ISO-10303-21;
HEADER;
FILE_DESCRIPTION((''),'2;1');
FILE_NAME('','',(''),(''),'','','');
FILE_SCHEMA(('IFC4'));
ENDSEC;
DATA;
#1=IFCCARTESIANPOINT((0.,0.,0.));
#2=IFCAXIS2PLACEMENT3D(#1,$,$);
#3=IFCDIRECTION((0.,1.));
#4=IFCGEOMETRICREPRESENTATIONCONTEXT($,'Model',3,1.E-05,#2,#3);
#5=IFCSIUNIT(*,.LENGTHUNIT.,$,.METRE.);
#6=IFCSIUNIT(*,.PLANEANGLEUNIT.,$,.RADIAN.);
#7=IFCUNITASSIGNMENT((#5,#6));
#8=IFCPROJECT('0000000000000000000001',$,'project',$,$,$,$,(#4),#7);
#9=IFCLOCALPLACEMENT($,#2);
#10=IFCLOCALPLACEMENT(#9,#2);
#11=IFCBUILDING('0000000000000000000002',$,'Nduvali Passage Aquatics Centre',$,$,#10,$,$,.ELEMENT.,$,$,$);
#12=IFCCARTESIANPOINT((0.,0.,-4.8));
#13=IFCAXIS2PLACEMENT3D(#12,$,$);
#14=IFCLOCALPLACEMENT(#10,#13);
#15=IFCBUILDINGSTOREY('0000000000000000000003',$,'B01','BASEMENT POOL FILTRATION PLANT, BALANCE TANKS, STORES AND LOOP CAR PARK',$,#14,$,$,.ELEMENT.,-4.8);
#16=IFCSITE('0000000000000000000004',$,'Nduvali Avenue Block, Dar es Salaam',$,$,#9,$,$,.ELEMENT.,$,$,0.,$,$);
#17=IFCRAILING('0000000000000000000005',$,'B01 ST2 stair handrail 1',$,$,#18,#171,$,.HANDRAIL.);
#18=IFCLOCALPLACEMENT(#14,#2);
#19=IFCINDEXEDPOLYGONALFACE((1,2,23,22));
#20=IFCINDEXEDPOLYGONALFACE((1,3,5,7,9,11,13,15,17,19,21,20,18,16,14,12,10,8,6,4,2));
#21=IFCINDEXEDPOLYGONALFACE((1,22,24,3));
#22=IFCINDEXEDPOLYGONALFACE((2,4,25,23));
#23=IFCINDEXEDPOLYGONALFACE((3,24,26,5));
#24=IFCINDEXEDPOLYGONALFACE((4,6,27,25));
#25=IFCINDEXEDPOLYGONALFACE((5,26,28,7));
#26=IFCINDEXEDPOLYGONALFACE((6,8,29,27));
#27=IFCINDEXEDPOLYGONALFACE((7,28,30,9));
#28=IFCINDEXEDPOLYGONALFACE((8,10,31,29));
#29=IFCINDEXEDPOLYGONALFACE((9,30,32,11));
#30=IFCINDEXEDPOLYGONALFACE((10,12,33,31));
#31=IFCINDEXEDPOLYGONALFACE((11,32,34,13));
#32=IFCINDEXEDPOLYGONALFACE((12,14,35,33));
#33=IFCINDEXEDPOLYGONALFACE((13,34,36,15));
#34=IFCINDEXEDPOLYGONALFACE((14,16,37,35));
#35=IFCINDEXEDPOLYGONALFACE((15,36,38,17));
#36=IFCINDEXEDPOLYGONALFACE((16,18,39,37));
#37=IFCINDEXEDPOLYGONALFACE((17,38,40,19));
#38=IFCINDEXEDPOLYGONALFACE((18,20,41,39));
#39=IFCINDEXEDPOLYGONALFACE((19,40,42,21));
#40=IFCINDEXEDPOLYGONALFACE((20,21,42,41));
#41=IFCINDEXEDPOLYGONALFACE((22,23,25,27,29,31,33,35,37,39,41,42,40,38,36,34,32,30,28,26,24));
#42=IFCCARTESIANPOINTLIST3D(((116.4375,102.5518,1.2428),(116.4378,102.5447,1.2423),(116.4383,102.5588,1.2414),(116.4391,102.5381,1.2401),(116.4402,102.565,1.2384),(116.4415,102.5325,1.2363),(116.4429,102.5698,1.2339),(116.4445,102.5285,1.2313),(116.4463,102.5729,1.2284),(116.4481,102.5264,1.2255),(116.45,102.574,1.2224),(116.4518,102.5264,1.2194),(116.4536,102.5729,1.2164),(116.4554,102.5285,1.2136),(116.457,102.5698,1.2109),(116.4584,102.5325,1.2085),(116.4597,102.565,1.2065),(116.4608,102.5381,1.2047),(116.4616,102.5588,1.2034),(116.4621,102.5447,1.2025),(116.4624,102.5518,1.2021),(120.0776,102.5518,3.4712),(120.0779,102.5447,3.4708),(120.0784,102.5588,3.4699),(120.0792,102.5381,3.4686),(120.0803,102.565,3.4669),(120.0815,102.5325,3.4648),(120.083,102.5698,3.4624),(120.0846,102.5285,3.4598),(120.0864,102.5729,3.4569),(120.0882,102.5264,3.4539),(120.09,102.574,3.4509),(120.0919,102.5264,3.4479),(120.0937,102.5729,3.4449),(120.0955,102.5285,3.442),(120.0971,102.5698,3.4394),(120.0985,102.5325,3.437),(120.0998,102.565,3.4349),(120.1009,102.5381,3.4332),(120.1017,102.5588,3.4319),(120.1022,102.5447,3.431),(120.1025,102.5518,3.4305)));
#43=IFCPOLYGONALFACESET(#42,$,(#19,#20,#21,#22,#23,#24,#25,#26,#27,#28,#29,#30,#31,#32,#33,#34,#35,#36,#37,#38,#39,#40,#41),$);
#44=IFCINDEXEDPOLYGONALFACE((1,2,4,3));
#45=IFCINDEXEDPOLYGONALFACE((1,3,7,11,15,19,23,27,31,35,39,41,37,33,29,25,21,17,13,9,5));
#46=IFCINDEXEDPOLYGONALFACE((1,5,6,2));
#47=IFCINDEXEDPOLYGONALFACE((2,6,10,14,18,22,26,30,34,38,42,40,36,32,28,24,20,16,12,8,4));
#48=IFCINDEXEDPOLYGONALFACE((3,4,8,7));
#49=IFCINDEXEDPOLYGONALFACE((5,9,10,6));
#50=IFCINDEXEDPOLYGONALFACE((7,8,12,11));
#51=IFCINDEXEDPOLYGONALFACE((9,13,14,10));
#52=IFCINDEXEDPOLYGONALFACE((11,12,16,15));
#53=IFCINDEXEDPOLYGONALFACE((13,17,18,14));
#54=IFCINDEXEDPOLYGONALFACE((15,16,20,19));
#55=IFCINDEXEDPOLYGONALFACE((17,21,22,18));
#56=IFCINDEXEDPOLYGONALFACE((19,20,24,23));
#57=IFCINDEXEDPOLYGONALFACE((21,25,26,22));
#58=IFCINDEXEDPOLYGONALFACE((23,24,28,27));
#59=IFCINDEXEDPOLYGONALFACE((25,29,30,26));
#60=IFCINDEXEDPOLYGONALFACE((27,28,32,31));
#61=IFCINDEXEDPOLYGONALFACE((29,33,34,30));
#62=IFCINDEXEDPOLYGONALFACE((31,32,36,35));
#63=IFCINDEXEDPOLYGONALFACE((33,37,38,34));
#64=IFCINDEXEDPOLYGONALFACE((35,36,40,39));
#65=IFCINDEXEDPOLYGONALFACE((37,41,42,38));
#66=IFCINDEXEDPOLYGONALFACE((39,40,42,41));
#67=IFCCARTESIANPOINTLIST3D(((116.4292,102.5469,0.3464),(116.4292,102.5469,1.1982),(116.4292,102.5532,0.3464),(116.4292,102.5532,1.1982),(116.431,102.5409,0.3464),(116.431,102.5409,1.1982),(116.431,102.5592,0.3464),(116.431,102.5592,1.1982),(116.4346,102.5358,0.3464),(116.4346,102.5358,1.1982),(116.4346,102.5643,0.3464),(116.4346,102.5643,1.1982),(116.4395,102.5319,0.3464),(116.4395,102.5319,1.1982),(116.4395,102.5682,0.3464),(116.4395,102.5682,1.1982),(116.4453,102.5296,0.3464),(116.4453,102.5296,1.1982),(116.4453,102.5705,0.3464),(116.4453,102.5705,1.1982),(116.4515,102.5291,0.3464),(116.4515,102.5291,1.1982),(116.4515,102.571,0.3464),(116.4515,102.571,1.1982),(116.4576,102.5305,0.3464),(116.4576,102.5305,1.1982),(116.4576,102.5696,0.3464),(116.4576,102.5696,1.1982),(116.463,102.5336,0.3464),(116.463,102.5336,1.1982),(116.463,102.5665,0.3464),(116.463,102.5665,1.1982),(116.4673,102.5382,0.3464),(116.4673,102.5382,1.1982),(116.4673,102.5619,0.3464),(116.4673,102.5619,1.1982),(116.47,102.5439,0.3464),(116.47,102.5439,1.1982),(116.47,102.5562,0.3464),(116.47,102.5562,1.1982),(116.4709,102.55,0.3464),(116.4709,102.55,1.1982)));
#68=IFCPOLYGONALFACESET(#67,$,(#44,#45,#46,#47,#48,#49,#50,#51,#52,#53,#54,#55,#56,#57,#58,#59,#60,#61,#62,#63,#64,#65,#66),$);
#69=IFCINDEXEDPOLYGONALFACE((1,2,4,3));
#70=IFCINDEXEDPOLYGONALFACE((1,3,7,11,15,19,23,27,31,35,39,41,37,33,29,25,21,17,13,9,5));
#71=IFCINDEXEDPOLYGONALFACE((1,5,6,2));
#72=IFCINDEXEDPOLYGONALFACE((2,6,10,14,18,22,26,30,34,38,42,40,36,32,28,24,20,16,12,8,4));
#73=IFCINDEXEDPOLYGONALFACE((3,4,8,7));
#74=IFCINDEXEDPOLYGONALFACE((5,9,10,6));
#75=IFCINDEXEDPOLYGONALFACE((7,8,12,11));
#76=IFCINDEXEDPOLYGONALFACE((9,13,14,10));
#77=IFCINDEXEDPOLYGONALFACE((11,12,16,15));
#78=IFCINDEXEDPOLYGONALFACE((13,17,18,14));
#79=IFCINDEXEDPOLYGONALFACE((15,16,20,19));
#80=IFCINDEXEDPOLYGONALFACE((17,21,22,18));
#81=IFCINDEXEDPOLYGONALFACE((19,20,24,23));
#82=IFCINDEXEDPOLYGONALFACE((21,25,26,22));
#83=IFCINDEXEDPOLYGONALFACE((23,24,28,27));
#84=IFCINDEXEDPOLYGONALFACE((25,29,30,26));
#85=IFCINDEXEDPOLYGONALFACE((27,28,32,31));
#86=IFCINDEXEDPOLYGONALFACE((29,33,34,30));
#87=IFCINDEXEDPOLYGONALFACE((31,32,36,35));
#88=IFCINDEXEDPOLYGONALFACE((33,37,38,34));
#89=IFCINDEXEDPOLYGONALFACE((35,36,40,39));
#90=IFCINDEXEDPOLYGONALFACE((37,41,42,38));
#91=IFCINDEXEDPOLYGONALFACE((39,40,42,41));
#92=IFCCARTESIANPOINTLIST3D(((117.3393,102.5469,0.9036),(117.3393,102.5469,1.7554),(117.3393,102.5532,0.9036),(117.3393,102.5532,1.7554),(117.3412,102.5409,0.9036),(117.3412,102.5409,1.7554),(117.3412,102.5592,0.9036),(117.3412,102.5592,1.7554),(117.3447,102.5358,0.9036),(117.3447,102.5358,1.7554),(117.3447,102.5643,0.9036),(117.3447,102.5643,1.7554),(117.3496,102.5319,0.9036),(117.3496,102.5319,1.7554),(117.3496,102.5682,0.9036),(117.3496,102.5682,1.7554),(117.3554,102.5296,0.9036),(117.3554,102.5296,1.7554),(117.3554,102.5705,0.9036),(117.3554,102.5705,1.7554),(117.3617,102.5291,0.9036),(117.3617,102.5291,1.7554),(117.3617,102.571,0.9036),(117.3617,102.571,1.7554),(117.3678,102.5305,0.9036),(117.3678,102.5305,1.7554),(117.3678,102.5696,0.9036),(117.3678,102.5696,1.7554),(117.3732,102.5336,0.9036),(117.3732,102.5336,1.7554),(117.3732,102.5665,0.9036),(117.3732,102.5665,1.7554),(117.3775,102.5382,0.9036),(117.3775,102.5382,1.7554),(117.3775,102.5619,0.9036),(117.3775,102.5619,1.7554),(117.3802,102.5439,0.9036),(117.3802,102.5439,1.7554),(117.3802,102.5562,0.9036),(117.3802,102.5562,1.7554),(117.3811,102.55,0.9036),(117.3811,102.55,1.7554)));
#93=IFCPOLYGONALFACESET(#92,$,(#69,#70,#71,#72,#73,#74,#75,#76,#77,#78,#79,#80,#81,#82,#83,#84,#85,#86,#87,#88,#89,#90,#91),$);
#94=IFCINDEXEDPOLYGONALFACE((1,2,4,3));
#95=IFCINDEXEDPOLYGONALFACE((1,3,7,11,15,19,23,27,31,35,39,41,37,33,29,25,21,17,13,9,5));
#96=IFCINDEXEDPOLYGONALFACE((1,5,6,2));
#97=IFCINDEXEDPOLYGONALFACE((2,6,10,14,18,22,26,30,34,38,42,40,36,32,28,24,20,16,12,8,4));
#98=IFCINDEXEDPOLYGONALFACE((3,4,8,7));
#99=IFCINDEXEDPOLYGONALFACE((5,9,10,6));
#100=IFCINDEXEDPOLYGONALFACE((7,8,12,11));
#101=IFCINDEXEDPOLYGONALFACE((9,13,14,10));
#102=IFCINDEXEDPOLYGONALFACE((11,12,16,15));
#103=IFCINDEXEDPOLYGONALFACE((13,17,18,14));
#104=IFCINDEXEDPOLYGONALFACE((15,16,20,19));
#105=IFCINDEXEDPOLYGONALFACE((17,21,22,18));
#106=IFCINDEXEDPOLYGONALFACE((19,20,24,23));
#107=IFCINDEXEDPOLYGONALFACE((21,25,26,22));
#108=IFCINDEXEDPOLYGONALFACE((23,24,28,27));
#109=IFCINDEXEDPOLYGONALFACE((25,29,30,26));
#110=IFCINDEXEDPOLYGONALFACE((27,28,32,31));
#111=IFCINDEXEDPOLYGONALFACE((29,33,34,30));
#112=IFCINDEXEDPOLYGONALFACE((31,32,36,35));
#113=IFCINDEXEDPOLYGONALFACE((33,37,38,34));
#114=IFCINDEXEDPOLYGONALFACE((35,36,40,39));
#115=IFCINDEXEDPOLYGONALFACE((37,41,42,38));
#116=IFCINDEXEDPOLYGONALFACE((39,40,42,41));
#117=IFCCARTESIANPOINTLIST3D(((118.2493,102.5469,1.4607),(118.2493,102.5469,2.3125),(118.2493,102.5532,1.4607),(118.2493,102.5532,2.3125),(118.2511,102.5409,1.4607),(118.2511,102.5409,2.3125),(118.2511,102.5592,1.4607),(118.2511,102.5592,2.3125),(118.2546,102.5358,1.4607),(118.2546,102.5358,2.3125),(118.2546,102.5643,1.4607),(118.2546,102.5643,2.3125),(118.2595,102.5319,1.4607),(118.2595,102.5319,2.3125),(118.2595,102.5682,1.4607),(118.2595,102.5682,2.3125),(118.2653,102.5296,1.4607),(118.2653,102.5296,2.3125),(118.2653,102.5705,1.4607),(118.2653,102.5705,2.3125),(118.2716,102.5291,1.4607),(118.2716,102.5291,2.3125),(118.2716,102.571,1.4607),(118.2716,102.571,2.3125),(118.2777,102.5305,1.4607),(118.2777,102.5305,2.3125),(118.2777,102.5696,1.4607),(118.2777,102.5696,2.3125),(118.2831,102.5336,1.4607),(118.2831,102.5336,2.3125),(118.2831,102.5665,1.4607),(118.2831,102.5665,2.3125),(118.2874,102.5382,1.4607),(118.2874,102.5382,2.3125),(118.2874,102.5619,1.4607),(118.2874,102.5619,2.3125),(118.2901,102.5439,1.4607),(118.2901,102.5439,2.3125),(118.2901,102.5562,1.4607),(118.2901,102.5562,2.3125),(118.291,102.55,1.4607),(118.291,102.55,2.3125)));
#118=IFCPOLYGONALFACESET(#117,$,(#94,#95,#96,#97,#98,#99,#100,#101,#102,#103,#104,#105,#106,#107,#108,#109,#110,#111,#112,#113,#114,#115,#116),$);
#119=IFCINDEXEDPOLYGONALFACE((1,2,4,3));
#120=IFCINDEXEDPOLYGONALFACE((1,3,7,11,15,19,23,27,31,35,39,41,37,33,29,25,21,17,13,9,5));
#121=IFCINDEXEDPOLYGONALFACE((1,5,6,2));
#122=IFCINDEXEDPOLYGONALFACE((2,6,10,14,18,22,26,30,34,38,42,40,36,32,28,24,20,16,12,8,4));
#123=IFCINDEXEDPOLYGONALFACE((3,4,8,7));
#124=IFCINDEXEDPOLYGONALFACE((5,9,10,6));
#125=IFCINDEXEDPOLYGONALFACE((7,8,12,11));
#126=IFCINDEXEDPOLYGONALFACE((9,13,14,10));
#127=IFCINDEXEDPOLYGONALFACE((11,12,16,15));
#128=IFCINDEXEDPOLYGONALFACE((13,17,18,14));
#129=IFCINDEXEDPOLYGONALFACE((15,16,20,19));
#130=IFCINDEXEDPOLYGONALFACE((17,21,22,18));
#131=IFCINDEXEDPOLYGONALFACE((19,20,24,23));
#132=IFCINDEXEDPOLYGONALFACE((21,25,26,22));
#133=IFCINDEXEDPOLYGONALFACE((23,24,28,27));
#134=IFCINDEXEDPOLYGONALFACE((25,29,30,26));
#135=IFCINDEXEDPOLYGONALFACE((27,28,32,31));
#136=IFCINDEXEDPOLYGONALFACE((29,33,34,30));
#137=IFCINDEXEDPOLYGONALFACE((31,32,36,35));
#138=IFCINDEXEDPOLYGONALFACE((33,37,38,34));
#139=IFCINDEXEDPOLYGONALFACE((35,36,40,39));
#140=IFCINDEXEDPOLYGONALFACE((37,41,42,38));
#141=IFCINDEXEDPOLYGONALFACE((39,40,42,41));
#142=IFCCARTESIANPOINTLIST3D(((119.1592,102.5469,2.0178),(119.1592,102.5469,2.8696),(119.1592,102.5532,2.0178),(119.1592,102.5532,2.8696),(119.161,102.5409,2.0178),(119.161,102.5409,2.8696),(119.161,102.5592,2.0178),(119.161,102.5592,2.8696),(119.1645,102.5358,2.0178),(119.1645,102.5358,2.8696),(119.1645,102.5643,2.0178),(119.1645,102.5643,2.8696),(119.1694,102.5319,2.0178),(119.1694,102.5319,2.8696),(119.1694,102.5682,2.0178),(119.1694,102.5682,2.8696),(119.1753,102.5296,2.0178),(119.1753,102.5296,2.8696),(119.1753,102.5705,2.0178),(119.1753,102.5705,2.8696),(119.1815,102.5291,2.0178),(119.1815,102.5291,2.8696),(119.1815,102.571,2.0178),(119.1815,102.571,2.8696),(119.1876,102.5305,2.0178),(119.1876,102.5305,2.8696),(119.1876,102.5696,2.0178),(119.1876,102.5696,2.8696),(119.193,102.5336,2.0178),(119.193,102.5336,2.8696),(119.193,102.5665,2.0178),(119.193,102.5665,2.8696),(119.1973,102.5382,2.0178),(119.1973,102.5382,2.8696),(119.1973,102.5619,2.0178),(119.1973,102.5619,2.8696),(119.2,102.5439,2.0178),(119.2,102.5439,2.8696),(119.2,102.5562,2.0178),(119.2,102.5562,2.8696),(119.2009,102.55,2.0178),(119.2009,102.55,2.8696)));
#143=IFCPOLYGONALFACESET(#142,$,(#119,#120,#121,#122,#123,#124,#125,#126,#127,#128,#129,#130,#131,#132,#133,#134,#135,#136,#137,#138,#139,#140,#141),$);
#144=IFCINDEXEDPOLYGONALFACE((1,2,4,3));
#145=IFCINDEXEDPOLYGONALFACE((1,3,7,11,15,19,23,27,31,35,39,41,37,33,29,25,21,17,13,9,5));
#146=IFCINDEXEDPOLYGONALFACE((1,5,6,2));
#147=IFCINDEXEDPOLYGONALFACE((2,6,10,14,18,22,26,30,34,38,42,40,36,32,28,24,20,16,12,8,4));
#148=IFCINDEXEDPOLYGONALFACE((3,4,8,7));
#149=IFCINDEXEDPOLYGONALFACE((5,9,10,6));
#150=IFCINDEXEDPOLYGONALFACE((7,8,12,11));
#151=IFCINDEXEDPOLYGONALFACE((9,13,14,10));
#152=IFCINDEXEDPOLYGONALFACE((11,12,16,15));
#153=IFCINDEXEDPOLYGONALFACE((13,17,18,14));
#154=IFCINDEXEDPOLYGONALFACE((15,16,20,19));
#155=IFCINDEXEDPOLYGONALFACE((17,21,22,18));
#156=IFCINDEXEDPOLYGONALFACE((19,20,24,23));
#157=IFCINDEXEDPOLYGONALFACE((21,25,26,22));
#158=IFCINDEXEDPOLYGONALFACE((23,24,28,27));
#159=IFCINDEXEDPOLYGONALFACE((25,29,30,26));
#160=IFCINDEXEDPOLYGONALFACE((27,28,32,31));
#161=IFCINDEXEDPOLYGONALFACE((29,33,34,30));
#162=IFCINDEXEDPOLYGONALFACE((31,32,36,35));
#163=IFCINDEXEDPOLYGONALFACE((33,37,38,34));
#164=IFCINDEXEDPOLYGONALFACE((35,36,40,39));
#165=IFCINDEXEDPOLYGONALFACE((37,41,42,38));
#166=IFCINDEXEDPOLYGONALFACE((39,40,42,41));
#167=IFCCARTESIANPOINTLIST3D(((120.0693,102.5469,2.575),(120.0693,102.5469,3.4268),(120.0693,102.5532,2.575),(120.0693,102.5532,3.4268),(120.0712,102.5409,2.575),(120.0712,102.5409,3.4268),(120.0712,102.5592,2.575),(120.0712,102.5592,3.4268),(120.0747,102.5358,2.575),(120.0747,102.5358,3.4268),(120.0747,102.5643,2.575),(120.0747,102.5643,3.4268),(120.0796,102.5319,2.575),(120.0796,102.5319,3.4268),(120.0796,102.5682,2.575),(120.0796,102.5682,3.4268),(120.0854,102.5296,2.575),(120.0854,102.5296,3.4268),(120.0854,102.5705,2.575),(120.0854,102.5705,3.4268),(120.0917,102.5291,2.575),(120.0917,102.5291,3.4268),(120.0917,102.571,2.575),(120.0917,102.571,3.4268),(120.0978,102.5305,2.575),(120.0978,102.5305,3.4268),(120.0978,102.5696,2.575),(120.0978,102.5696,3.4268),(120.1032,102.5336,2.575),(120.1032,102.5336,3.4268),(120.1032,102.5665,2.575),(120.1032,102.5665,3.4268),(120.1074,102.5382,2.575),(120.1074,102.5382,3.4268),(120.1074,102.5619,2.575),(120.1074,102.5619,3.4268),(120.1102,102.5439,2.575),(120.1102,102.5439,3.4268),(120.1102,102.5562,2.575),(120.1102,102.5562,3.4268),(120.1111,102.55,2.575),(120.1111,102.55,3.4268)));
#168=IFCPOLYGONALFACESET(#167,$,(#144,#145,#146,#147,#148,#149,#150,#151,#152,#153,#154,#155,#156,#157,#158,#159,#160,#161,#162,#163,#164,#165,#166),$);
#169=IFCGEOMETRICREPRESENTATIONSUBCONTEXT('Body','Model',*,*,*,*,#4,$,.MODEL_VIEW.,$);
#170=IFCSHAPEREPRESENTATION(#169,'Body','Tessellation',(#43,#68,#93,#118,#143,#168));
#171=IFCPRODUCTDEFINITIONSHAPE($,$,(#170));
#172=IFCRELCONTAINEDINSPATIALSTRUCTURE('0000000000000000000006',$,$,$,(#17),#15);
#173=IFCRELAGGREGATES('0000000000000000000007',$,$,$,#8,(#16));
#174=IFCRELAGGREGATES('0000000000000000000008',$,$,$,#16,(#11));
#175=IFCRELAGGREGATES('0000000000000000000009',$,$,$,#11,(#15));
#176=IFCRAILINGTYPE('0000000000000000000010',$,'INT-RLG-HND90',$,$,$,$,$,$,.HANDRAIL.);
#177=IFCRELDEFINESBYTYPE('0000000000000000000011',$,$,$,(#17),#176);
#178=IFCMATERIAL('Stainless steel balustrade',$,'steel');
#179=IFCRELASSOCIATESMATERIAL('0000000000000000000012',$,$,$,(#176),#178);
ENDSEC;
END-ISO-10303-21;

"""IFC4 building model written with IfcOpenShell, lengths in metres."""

from ifc_helpers import new_model, si_unit, direction, frame, origin, origin_2d, place, context, subcontext, project, spatial, circle, extrude, material, type_object, element, save


model = new_model("IFC4")

# Units and contexts
model_context = context("Model", 3, precision=1e-05, world=origin(), true_north=direction((0.0, 1.0)))
body_context = subcontext(model_context, "Body", "Model", "MODEL_VIEW")
ifc_project = project(units=[si_unit("LENGTHUNIT", "METRE"), si_unit("PLANEANGLEUNIT", "RADIAN")], contexts=[model_context])

# Site, building, storey
site_placement = place(None, origin())
site = spatial("IfcSite", under=ifc_project, at=site_placement, Name="Nduvali Avenue Block, Dar es Salaam", CompositionType="ELEMENT", RefElevation=0.0)
building_placement = place(site_placement, origin())
building = spatial("IfcBuilding", under=site, at=building_placement, Name="Nduvali Passage Aquatics Centre", CompositionType="ELEMENT")
storey_placement = place(building_placement, frame((0.0, 0.0, -4.8)))
storey = spatial("IfcBuildingStorey", under=building, at=storey_placement, Name="B01", Description="BASEMENT POOL FILTRATION PLANT, BALANCE TANKS, STORES AND LOOP CAR PARK", CompositionType="ELEMENT", Elevation=-4.8)

# Railing
ifc_material_1 = material(Name="Stainless steel balustrade", Category="steel")
railing_type_1 = type_object("IfcRailingType", Name="INT-RLG-HND90", PredefinedType="HANDRAIL", material=ifc_material_1)
railing_1_placement = place(storey_placement, frame((116.45, 102.55, 0.3464)))
element("IfcRailing", 1, at=railing_1_placement, inside=storey, type_object=railing_type_1, Name="B01 ST2 stair handrail 1", PredefinedType="HANDRAIL", context=body_context, shape_type="SweptSolid", body=[
    extrude(circle(Radius=0.0239, at=origin_2d()), frame((0.0, 0.0, 0.876), z_axis=(0.852866, 0.0, 0.52213), x_axis=(0.0, 1.0, 0.0)), (0.0, 0.0, 1.0), 4.2681),
    extrude(circle(Radius=0.021, at=origin_2d()), origin(), (0.0, 0.0, 1.0), 0.8518),
    extrude(circle(Radius=0.021, at=origin_2d()), frame((0.9102, 0.0, 0.5571)), (0.0, 0.0, 1.0), 0.8518),
    extrude(circle(Radius=0.021, at=origin_2d()), frame((1.8201, 0.0, 1.1143)), (0.0, 0.0, 1.0), 0.8518),
    extrude(circle(Radius=0.021, at=origin_2d()), frame((2.73, 0.0, 1.6714)), (0.0, 0.0, 1.0), 0.8518),
    extrude(circle(Radius=0.021, at=origin_2d()), frame((3.6401, 0.0, 2.2285)), (0.0, 0.0, 1.0), 0.8518),
])

save(model, "model.ifc")
